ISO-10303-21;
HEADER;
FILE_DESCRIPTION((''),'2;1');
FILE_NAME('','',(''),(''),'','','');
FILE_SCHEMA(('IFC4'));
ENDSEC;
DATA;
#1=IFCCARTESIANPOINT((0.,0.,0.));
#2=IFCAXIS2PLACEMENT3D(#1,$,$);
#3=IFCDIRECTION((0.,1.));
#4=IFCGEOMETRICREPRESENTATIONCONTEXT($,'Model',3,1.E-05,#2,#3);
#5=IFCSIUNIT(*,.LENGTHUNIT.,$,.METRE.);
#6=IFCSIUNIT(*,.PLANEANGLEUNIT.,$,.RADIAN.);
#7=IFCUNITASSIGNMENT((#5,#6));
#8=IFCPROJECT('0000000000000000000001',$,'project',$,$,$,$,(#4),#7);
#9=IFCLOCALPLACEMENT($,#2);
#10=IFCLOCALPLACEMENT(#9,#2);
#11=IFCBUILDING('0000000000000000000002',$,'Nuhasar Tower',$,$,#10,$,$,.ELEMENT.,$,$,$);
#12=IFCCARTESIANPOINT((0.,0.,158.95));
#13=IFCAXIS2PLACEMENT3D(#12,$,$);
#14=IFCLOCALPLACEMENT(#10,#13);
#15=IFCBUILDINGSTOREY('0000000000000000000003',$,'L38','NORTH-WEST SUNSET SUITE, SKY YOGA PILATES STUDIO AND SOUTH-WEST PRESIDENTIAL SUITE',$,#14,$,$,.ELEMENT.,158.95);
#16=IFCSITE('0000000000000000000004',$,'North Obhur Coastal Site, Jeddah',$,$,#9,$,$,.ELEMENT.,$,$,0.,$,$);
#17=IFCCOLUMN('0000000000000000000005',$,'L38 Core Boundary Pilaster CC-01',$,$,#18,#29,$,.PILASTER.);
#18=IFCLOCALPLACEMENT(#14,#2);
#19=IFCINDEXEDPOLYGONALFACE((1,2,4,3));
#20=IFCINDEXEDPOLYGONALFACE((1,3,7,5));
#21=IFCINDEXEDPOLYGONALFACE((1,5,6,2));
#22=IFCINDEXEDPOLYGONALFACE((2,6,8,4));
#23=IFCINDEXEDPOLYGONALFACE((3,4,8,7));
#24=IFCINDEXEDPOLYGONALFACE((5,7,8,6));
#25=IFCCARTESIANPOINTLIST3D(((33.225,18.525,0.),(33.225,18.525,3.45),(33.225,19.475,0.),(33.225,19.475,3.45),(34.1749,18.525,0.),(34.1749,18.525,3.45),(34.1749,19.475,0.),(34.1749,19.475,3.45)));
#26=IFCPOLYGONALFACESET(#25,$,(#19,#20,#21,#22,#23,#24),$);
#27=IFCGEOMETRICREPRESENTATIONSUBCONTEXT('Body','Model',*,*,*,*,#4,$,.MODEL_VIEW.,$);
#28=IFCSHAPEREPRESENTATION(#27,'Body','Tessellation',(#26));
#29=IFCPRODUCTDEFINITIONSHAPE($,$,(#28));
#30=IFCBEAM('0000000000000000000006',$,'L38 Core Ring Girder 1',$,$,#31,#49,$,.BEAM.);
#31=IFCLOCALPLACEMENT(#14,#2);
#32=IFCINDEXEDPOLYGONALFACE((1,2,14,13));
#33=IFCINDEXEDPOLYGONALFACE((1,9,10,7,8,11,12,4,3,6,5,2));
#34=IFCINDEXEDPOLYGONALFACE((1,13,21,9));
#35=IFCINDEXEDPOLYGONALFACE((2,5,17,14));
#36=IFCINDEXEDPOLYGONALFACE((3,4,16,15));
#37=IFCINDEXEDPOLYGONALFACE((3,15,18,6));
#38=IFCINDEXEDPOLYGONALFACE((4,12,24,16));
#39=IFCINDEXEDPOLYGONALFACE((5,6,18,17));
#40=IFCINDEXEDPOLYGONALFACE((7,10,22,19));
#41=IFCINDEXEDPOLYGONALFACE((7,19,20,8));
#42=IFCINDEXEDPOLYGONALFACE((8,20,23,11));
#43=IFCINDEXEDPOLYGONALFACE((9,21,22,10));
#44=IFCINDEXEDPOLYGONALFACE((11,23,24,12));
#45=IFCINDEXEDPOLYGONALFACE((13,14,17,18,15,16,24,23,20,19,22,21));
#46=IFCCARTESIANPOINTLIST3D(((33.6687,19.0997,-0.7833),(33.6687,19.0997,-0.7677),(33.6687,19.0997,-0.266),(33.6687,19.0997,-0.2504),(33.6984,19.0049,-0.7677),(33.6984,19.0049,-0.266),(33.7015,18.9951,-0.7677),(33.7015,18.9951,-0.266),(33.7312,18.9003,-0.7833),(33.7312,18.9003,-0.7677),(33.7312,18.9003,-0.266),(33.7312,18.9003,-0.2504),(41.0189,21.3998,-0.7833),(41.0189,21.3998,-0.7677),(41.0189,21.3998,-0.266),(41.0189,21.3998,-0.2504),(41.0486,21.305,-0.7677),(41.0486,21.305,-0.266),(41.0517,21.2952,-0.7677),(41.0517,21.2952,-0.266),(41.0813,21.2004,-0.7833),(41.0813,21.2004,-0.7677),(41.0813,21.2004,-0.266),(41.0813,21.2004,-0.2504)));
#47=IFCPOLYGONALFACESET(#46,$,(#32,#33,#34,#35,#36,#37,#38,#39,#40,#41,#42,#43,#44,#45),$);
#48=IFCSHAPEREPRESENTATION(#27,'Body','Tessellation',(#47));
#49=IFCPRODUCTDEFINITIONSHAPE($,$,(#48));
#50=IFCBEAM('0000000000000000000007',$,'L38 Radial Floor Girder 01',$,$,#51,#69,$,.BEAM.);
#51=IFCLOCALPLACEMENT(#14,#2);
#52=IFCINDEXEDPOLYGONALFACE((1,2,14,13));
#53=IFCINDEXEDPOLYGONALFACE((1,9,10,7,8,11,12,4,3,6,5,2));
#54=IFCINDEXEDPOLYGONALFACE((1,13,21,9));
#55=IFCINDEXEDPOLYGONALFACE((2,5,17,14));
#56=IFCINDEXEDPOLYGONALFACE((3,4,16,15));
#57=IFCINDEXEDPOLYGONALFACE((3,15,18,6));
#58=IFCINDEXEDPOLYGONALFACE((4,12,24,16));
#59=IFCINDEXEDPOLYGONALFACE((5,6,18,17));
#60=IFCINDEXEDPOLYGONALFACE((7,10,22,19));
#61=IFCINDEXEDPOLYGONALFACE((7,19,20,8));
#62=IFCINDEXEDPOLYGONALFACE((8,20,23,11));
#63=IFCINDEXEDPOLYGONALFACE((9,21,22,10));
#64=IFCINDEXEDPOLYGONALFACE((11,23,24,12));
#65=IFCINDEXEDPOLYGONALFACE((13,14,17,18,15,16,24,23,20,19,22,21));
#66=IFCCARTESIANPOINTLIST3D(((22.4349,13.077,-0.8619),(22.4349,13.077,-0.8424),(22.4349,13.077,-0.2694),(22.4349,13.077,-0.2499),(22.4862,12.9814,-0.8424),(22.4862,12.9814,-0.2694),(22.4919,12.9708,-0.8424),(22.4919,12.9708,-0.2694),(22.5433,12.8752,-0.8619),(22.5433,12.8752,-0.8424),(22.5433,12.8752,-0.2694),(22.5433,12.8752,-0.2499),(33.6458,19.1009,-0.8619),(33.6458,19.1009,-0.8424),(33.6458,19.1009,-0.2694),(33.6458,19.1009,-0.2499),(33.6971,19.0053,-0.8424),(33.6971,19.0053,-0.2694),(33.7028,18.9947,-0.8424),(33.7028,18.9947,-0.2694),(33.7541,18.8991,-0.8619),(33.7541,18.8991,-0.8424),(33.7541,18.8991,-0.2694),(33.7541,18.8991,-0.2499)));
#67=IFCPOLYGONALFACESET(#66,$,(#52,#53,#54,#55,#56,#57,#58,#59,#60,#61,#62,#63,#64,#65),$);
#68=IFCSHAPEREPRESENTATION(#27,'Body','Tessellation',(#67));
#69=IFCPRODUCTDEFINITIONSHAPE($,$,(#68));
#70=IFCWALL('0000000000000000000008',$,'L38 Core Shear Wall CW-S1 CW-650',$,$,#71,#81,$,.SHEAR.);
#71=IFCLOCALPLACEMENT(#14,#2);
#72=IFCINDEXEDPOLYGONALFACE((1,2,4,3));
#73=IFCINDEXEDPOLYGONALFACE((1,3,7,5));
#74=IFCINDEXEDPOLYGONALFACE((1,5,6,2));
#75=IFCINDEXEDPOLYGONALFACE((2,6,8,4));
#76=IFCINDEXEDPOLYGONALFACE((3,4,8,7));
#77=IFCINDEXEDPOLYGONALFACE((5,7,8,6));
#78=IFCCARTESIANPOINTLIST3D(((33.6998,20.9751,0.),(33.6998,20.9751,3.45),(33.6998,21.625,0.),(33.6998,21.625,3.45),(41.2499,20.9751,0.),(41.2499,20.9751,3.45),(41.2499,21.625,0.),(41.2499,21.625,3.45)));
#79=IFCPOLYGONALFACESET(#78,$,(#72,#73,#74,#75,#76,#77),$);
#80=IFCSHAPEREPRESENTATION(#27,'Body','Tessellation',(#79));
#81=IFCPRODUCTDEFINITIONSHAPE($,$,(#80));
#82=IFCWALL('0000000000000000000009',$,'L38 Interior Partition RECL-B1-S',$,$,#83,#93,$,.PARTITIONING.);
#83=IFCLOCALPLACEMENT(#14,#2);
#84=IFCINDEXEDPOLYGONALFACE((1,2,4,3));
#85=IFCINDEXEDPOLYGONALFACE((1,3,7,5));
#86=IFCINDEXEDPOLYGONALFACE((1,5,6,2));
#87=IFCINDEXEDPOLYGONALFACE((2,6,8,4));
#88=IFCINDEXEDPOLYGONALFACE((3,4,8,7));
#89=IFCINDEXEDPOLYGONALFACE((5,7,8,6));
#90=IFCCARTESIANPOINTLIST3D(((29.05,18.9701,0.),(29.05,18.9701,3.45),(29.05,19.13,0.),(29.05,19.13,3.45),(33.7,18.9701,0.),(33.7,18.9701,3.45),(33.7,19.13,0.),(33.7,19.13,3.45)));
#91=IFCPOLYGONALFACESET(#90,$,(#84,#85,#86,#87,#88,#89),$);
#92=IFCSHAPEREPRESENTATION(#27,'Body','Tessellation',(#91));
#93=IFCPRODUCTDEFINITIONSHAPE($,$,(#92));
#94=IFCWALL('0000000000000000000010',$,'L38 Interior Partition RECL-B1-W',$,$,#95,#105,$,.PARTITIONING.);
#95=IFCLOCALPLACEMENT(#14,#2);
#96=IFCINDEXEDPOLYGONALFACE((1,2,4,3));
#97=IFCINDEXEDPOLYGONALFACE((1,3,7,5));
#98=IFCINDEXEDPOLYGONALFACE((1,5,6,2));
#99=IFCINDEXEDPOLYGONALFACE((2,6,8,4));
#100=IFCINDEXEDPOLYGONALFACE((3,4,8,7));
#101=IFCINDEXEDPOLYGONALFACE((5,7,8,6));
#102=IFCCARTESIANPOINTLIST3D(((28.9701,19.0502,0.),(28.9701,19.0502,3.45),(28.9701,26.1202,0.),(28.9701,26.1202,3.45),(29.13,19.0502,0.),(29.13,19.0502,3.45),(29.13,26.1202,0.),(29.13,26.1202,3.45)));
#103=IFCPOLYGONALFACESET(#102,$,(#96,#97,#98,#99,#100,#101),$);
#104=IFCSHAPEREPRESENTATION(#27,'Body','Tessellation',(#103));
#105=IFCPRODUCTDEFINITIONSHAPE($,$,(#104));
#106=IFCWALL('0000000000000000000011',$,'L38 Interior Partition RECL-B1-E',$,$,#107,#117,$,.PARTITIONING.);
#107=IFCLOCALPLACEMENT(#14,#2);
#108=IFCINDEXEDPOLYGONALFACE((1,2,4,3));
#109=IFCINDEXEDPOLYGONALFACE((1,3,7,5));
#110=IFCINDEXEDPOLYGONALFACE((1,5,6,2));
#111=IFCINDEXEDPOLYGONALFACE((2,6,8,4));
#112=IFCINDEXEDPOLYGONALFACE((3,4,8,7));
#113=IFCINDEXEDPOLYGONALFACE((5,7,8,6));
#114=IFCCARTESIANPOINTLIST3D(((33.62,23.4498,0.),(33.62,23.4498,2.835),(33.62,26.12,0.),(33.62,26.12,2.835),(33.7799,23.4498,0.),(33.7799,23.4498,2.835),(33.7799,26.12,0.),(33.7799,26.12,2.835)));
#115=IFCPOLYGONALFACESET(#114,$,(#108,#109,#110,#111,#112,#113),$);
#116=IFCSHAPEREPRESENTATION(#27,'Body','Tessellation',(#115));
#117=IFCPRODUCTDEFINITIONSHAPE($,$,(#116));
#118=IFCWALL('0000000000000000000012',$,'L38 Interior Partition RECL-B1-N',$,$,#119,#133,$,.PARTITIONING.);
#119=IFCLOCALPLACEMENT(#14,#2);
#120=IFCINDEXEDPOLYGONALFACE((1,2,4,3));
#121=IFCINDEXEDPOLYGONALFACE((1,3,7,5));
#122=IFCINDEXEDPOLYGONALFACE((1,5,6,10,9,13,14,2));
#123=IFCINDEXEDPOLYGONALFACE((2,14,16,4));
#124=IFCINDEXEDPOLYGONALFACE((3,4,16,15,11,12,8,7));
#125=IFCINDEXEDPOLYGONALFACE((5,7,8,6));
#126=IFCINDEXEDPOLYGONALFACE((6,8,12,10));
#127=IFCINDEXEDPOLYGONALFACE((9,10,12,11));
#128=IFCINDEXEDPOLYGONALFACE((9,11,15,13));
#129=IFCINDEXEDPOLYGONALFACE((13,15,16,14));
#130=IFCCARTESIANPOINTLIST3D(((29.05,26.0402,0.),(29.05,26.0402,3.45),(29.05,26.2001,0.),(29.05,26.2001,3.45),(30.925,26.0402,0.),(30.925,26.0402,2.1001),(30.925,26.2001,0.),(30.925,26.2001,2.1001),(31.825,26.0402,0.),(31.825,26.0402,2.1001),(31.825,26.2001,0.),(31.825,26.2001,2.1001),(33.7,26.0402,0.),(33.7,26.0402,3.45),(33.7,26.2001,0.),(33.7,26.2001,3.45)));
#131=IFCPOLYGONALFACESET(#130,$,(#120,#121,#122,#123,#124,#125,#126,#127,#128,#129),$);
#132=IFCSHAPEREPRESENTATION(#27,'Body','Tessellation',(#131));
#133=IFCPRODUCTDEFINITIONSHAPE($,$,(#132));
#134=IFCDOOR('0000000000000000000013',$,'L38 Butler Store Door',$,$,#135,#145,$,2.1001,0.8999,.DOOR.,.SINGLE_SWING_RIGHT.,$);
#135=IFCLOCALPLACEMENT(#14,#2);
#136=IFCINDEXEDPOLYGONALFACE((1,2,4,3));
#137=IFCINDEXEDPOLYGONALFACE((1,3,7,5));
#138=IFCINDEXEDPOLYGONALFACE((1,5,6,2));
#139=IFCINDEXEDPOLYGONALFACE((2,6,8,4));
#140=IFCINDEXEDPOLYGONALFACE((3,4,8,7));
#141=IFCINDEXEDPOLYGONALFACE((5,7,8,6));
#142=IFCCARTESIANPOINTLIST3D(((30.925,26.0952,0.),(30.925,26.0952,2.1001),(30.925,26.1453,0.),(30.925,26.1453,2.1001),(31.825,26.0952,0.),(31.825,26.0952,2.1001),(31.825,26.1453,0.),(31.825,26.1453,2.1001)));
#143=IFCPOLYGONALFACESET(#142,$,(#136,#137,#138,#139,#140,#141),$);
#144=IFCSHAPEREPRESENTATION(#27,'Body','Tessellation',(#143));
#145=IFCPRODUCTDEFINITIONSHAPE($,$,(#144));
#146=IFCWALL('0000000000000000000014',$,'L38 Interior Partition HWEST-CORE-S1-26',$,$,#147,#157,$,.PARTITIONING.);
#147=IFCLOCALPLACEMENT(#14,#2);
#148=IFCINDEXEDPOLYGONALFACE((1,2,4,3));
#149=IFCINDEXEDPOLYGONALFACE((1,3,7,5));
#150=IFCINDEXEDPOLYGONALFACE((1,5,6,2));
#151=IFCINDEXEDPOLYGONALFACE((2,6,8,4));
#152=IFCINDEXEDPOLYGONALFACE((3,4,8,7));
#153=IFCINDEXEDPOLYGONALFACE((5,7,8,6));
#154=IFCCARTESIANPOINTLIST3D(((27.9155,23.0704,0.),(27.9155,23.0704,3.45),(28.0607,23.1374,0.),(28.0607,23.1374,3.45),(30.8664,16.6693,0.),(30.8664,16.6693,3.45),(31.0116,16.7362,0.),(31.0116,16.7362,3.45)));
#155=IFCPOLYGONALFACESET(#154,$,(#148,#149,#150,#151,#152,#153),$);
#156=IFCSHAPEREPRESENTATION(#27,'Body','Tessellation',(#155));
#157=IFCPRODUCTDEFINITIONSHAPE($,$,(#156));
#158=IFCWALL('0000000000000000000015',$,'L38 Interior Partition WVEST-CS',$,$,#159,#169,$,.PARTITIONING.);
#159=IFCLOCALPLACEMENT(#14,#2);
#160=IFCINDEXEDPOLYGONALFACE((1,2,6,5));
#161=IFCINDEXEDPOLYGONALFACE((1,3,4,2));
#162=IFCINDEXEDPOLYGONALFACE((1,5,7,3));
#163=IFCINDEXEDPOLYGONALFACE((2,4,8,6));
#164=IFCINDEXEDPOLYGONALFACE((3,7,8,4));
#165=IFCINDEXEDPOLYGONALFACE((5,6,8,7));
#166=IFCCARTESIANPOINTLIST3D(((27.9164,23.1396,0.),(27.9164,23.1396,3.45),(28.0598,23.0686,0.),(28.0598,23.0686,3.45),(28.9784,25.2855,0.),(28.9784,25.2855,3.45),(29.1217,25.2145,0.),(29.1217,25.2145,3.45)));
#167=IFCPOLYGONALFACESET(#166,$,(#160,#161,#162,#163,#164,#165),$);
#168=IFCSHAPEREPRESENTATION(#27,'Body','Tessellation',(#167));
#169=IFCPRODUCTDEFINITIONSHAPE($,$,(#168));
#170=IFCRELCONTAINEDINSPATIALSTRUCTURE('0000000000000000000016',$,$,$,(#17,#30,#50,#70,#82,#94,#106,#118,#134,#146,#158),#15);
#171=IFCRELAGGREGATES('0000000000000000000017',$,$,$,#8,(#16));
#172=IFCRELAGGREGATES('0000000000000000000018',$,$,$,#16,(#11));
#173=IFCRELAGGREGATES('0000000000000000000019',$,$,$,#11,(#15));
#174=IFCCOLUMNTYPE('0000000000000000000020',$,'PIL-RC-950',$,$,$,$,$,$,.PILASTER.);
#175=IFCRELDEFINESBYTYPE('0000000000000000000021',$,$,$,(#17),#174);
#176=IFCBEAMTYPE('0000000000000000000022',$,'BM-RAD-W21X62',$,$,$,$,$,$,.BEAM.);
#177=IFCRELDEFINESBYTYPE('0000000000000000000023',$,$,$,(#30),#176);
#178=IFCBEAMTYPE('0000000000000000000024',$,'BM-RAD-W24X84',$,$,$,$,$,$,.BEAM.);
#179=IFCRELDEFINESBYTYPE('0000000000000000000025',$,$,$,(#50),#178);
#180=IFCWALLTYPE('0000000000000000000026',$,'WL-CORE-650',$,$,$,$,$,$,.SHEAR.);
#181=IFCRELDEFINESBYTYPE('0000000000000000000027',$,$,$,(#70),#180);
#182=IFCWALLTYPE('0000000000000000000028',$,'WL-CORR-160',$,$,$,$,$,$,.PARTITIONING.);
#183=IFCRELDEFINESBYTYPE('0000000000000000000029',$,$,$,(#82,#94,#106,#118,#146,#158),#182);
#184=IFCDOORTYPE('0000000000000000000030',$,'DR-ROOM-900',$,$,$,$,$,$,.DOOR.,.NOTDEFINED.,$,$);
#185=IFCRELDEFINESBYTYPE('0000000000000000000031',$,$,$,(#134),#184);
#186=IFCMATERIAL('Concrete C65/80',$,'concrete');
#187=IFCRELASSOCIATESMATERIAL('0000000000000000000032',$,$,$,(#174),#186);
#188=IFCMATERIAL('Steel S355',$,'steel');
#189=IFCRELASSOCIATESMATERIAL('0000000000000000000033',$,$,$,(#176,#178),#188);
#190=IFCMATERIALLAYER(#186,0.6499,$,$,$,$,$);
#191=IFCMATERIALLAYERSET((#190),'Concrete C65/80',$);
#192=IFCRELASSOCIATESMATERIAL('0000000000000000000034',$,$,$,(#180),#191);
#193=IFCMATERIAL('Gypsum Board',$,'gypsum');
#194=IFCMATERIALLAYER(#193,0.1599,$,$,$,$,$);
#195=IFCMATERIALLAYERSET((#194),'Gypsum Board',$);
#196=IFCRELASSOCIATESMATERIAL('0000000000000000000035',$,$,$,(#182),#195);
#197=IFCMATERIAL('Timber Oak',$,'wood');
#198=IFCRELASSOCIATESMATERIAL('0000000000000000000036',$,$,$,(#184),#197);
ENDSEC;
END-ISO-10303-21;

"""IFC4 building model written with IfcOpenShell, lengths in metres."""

from ifc_helpers import new_model, si_unit, direction, frame, frame_2d, origin, origin_2d, place, context, subcontext, project, spatial, rectangle, i_section, extrude, material, layer, layer_set, material_profile, profile_set, type_object, element, fill, save


model = new_model("IFC4")

# Units and contexts
model_context = context("Model", 3, precision=1e-05, world=origin(), true_north=direction((0.0, 1.0)))
body_context = subcontext(model_context, "Body", "Model", "MODEL_VIEW")
ifc_project = project(units=[si_unit("LENGTHUNIT", "METRE"), si_unit("PLANEANGLEUNIT", "RADIAN")], contexts=[model_context])

# Site, building, storey
site_placement = place(None, origin())
site = spatial("IfcSite", under=ifc_project, at=site_placement, Name="North Obhur Coastal Site, Jeddah", CompositionType="ELEMENT", RefElevation=0.0)
building_placement = place(site_placement, origin())
building = spatial("IfcBuilding", under=site, at=building_placement, Name="Nuhasar Tower", CompositionType="ELEMENT")
storey_placement = place(building_placement, frame((0.0, 0.0, 158.95)))
storey = spatial("IfcBuildingStorey", under=building, at=storey_placement, Name="L38", Description="NORTH-WEST SUNSET SUITE, SKY YOGA PILATES STUDIO AND SOUTH-WEST PRESIDENTIAL SUITE", CompositionType="ELEMENT", Elevation=158.95)

# Column
ifc_material_1 = material(Name="Concrete C65/80", Category="concrete")
ifc_material_profile_1 = material_profile(ifc_material_1, rectangle(XDim=0.95, YDim=0.95, at=origin_2d()), Name="RC950X950")
ifc_profile_set_1 = profile_set([ifc_material_profile_1], Name="Concrete C65/80")
column_type = type_object("IfcColumnType", Name="PIL-RC-950", PredefinedType="PILASTER", material=ifc_profile_set_1)
column_placement = place(storey_placement, frame((33.7, 19.0, 0.0), z_axis=(0.0, 0.0, 1.0), x_axis=(1.0, 0.0, 0.0)))
element("IfcColumn", 1, at=column_placement, inside=storey, type_object=column_type, Name="L38 Core Boundary Pilaster CC-01", PredefinedType="PILASTER", context=body_context, shape_type="SweptSolid", body=[
    extrude(rectangle(XDim=0.95, YDim=0.95, at=origin_2d()), origin(), (0.0, 0.0, 1.0), 3.45),
])

# Beams
ifc_material_2 = material(Name="Steel S355", Category="steel")
ifc_material_profile_2 = material_profile(ifc_material_2, i_section(OverallWidth=0.209, OverallDepth=0.533, WebThickness=0.0103, FlangeThickness=0.0156, at=origin_2d()), Name="W21X62")
ifc_profile_set_2 = profile_set([ifc_material_profile_2], Name="Steel S355")
beam_type_1 = type_object("IfcBeamType", Name="BM-RAD-W21X62", PredefinedType="BEAM", material=ifc_profile_set_2)
beam_1_placement = place(storey_placement, frame((33.7, 19.0, -0.5168), z_axis=(0.954364, 0.298647, 0.0), x_axis=(-0.298647, 0.954364, 0.0)))
element("IfcBeam", 2, at=beam_1_placement, inside=storey, type_object=beam_type_1, Name="L38 Core Ring Girder 1", PredefinedType="BEAM", context=body_context, shape_type="SweptSolid", body=[
    extrude(i_section(OverallWidth=0.209, OverallDepth=0.533, WebThickness=0.0103, FlangeThickness=0.0156, at=origin_2d()), origin(), (0.0, 0.0, 1.0), 7.7017),
])
ifc_material_profile_3 = material_profile(ifc_material_2, i_section(OverallWidth=0.229, OverallDepth=0.6121, WebThickness=0.012, FlangeThickness=0.0195, at=origin_2d()), Name="W24X84")
ifc_profile_set_3 = profile_set([ifc_material_profile_3], Name="Steel S355")
beam_type_2 = type_object("IfcBeamType", Name="BM-RAD-W24X84", PredefinedType="BEAM", material=ifc_profile_set_3)
beam_2_placement = place(storey_placement, frame((33.7, 19.0, -0.5559), z_axis=(-0.880888, -0.473324, 0.0), x_axis=(0.473324, -0.880888, 0.0)))
element("IfcBeam", 3, at=beam_2_placement, inside=storey, type_object=beam_type_2, Name="L38 Radial Floor Girder 01", PredefinedType="BEAM", context=body_context, shape_type="SweptSolid", body=[
    extrude(i_section(OverallWidth=0.229, OverallDepth=0.6121, WebThickness=0.012, FlangeThickness=0.0195, at=origin_2d()), origin(), (0.0, 0.0, 1.0), 12.7268),
])

# Walls
ifc_layer_1 = layer(ifc_material_1, 0.6499)
ifc_layer_set_1 = layer_set([ifc_layer_1], Name="Concrete C65/80")
wall_type_1 = type_object("IfcWallType", Name="WL-CORE-650", PredefinedType="SHEAR", material=ifc_layer_set_1)
wall_1_placement = place(storey_placement, frame((33.7, 21.3, 0.0), z_axis=(0.0, 0.0, 1.0), x_axis=(1.0, 0.0, 0.0)))
element("IfcWall", 4, at=wall_1_placement, inside=storey, type_object=wall_type_1, Name="L38 Core Shear Wall CW-S1 CW-650", PredefinedType="SHEAR", context=body_context, shape_type="SweptSolid", body=[
    extrude(rectangle(XDim=7.55, YDim=0.6499, at=frame_2d((3.7749, 0.0))), origin(), (0.0, 0.0, 1.0), 3.45),
])
ifc_material_3 = material(Name="Gypsum Board", Category="gypsum")
ifc_layer_2 = layer(ifc_material_3, 0.1599)
ifc_layer_set_2 = layer_set([ifc_layer_2], Name="Gypsum Board")
wall_type_2 = type_object("IfcWallType", Name="WL-CORR-160", PredefinedType="PARTITIONING", material=ifc_layer_set_2)
wall_2_placement = place(storey_placement, frame((29.05, 19.05, 0.0), z_axis=(0.0, 0.0, 1.0), x_axis=(1.0, 0.0, 0.0)))
element("IfcWall", 5, at=wall_2_placement, inside=storey, type_object=wall_type_2, Name="L38 Interior Partition RECL-B1-S", PredefinedType="PARTITIONING", context=body_context, shape_type="SweptSolid", body=[
    extrude(rectangle(XDim=4.6499, YDim=0.1599, at=frame_2d((2.325, 0.0))), origin(), (0.0, 0.0, 1.0), 3.45),
])
wall_3_placement = place(storey_placement, frame((29.05, 19.05, 0.0), z_axis=(0.0, 0.0, 1.0), x_axis=(0.0, 1.0, 0.0)))
element("IfcWall", 6, at=wall_3_placement, inside=storey, type_object=wall_type_2, Name="L38 Interior Partition RECL-B1-W", PredefinedType="PARTITIONING", context=body_context, shape_type="SweptSolid", body=[
    extrude(rectangle(XDim=7.0701, YDim=0.1599, at=frame_2d((3.5352, 0.0))), origin(), (0.0, 0.0, 1.0), 3.45),
])
wall_4_placement = place(storey_placement, frame((33.7, 23.45, 0.0), z_axis=(0.0, 0.0, 1.0), x_axis=(0.0, 1.0, 0.0)))
element("IfcWall", 7, at=wall_4_placement, inside=storey, type_object=wall_type_2, Name="L38 Interior Partition RECL-B1-E", PredefinedType="PARTITIONING", context=body_context, shape_type="SweptSolid", body=[
    extrude(rectangle(XDim=2.6702, YDim=0.1599, at=frame_2d((1.335, 0.0))), origin(), (0.0, 0.0, 1.0), 2.835),
])

# Wall, opening, door
wall_5_placement = place(storey_placement, frame((33.7, 26.1201, 0.0), z_axis=(0.0, 0.0, 1.0), x_axis=(-1.0, 0.0, 0.0)))
wall_5 = element("IfcWall", 8, at=wall_5_placement, inside=storey, type_object=wall_type_2, Name="L38 Interior Partition RECL-B1-N", PredefinedType="PARTITIONING", context=body_context, shape_type="SweptSolid", body=[
    extrude(rectangle(XDim=4.6499, YDim=0.1599, at=frame_2d((2.325, 0.0))), origin(), (0.0, 0.0, 1.0), 3.45),
])
opening_1_placement = place(wall_5_placement, frame((1.875, 0.0, 0.0)))
opening_1 = element("IfcOpeningElement", 9, at=opening_1_placement, cuts=wall_5, PredefinedType="OPENING", context=body_context, shape_type="SweptSolid", body=[
    extrude(rectangle(XDim=0.8999, YDim=2.1001, at=frame_2d((0.45, 1.05))), frame((0.0, 0.0898, 0.0), z_axis=(0.0, -1.0, 0.0), x_axis=(1.0, 0.0, 0.0)), (0.0, 0.0, 1.0), 0.1799),
])
ifc_material_4 = material(Name="Timber Oak", Category="wood")
door_type_1 = type_object("IfcDoorType", Name="DR-ROOM-900", OperationType="NOTDEFINED", PredefinedType="DOOR", material=ifc_material_4)
door_1_placement = place(opening_1_placement, origin())
door_1 = element("IfcDoor", 10, at=door_1_placement, inside=storey, type_object=door_type_1, Name="L38 Butler Store Door", OperationType="SINGLE_SWING_RIGHT", OverallHeight=2.1001, OverallWidth=0.8999, PredefinedType="DOOR", context=body_context, shape_type="SweptSolid", body=[
    extrude(rectangle(XDim=0.8999, YDim=2.1001, at=frame_2d((0.45, 1.05))), frame((0.0, 0.0249, 0.0), z_axis=(0.0, -1.0, 0.0), x_axis=(1.0, 0.0, 0.0)), (0.0, 0.0, 1.0), 0.05),
])
fill(opening_1, door_1)

# Walls
wall_6_placement = place(storey_placement, frame((27.988, 23.104, 0.0), z_axis=(0.0, 0.0, 1.0), x_axis=(0.418656, -0.908145, 0.0)))
element("IfcWall", 11, at=wall_6_placement, inside=storey, type_object=wall_type_2, Name="L38 Interior Partition HWEST-CORE-S1-26", PredefinedType="PARTITIONING", context=body_context, shape_type="SweptSolid", body=[
    extrude(rectangle(XDim=7.0486, YDim=0.1599, at=frame_2d((3.5244, 0.0))), origin(), (0.0, 0.0, 1.0), 3.45),
])
wall_7_placement = place(storey_placement, frame((27.988, 23.104, 0.0), z_axis=(0.0, 0.0, 1.0), x_axis=(0.443539, 0.896255, 0.0)))
element("IfcWall", 12, at=wall_7_placement, inside=storey, type_object=wall_type_2, Name="L38 Interior Partition WVEST-CS", PredefinedType="PARTITIONING", context=body_context, shape_type="SweptSolid", body=[
    extrude(rectangle(XDim=2.3943, YDim=0.1599, at=frame_2d((1.1973, 0.0))), origin(), (0.0, 0.0, 1.0), 3.45),
])

save(model, "model.ifc")
